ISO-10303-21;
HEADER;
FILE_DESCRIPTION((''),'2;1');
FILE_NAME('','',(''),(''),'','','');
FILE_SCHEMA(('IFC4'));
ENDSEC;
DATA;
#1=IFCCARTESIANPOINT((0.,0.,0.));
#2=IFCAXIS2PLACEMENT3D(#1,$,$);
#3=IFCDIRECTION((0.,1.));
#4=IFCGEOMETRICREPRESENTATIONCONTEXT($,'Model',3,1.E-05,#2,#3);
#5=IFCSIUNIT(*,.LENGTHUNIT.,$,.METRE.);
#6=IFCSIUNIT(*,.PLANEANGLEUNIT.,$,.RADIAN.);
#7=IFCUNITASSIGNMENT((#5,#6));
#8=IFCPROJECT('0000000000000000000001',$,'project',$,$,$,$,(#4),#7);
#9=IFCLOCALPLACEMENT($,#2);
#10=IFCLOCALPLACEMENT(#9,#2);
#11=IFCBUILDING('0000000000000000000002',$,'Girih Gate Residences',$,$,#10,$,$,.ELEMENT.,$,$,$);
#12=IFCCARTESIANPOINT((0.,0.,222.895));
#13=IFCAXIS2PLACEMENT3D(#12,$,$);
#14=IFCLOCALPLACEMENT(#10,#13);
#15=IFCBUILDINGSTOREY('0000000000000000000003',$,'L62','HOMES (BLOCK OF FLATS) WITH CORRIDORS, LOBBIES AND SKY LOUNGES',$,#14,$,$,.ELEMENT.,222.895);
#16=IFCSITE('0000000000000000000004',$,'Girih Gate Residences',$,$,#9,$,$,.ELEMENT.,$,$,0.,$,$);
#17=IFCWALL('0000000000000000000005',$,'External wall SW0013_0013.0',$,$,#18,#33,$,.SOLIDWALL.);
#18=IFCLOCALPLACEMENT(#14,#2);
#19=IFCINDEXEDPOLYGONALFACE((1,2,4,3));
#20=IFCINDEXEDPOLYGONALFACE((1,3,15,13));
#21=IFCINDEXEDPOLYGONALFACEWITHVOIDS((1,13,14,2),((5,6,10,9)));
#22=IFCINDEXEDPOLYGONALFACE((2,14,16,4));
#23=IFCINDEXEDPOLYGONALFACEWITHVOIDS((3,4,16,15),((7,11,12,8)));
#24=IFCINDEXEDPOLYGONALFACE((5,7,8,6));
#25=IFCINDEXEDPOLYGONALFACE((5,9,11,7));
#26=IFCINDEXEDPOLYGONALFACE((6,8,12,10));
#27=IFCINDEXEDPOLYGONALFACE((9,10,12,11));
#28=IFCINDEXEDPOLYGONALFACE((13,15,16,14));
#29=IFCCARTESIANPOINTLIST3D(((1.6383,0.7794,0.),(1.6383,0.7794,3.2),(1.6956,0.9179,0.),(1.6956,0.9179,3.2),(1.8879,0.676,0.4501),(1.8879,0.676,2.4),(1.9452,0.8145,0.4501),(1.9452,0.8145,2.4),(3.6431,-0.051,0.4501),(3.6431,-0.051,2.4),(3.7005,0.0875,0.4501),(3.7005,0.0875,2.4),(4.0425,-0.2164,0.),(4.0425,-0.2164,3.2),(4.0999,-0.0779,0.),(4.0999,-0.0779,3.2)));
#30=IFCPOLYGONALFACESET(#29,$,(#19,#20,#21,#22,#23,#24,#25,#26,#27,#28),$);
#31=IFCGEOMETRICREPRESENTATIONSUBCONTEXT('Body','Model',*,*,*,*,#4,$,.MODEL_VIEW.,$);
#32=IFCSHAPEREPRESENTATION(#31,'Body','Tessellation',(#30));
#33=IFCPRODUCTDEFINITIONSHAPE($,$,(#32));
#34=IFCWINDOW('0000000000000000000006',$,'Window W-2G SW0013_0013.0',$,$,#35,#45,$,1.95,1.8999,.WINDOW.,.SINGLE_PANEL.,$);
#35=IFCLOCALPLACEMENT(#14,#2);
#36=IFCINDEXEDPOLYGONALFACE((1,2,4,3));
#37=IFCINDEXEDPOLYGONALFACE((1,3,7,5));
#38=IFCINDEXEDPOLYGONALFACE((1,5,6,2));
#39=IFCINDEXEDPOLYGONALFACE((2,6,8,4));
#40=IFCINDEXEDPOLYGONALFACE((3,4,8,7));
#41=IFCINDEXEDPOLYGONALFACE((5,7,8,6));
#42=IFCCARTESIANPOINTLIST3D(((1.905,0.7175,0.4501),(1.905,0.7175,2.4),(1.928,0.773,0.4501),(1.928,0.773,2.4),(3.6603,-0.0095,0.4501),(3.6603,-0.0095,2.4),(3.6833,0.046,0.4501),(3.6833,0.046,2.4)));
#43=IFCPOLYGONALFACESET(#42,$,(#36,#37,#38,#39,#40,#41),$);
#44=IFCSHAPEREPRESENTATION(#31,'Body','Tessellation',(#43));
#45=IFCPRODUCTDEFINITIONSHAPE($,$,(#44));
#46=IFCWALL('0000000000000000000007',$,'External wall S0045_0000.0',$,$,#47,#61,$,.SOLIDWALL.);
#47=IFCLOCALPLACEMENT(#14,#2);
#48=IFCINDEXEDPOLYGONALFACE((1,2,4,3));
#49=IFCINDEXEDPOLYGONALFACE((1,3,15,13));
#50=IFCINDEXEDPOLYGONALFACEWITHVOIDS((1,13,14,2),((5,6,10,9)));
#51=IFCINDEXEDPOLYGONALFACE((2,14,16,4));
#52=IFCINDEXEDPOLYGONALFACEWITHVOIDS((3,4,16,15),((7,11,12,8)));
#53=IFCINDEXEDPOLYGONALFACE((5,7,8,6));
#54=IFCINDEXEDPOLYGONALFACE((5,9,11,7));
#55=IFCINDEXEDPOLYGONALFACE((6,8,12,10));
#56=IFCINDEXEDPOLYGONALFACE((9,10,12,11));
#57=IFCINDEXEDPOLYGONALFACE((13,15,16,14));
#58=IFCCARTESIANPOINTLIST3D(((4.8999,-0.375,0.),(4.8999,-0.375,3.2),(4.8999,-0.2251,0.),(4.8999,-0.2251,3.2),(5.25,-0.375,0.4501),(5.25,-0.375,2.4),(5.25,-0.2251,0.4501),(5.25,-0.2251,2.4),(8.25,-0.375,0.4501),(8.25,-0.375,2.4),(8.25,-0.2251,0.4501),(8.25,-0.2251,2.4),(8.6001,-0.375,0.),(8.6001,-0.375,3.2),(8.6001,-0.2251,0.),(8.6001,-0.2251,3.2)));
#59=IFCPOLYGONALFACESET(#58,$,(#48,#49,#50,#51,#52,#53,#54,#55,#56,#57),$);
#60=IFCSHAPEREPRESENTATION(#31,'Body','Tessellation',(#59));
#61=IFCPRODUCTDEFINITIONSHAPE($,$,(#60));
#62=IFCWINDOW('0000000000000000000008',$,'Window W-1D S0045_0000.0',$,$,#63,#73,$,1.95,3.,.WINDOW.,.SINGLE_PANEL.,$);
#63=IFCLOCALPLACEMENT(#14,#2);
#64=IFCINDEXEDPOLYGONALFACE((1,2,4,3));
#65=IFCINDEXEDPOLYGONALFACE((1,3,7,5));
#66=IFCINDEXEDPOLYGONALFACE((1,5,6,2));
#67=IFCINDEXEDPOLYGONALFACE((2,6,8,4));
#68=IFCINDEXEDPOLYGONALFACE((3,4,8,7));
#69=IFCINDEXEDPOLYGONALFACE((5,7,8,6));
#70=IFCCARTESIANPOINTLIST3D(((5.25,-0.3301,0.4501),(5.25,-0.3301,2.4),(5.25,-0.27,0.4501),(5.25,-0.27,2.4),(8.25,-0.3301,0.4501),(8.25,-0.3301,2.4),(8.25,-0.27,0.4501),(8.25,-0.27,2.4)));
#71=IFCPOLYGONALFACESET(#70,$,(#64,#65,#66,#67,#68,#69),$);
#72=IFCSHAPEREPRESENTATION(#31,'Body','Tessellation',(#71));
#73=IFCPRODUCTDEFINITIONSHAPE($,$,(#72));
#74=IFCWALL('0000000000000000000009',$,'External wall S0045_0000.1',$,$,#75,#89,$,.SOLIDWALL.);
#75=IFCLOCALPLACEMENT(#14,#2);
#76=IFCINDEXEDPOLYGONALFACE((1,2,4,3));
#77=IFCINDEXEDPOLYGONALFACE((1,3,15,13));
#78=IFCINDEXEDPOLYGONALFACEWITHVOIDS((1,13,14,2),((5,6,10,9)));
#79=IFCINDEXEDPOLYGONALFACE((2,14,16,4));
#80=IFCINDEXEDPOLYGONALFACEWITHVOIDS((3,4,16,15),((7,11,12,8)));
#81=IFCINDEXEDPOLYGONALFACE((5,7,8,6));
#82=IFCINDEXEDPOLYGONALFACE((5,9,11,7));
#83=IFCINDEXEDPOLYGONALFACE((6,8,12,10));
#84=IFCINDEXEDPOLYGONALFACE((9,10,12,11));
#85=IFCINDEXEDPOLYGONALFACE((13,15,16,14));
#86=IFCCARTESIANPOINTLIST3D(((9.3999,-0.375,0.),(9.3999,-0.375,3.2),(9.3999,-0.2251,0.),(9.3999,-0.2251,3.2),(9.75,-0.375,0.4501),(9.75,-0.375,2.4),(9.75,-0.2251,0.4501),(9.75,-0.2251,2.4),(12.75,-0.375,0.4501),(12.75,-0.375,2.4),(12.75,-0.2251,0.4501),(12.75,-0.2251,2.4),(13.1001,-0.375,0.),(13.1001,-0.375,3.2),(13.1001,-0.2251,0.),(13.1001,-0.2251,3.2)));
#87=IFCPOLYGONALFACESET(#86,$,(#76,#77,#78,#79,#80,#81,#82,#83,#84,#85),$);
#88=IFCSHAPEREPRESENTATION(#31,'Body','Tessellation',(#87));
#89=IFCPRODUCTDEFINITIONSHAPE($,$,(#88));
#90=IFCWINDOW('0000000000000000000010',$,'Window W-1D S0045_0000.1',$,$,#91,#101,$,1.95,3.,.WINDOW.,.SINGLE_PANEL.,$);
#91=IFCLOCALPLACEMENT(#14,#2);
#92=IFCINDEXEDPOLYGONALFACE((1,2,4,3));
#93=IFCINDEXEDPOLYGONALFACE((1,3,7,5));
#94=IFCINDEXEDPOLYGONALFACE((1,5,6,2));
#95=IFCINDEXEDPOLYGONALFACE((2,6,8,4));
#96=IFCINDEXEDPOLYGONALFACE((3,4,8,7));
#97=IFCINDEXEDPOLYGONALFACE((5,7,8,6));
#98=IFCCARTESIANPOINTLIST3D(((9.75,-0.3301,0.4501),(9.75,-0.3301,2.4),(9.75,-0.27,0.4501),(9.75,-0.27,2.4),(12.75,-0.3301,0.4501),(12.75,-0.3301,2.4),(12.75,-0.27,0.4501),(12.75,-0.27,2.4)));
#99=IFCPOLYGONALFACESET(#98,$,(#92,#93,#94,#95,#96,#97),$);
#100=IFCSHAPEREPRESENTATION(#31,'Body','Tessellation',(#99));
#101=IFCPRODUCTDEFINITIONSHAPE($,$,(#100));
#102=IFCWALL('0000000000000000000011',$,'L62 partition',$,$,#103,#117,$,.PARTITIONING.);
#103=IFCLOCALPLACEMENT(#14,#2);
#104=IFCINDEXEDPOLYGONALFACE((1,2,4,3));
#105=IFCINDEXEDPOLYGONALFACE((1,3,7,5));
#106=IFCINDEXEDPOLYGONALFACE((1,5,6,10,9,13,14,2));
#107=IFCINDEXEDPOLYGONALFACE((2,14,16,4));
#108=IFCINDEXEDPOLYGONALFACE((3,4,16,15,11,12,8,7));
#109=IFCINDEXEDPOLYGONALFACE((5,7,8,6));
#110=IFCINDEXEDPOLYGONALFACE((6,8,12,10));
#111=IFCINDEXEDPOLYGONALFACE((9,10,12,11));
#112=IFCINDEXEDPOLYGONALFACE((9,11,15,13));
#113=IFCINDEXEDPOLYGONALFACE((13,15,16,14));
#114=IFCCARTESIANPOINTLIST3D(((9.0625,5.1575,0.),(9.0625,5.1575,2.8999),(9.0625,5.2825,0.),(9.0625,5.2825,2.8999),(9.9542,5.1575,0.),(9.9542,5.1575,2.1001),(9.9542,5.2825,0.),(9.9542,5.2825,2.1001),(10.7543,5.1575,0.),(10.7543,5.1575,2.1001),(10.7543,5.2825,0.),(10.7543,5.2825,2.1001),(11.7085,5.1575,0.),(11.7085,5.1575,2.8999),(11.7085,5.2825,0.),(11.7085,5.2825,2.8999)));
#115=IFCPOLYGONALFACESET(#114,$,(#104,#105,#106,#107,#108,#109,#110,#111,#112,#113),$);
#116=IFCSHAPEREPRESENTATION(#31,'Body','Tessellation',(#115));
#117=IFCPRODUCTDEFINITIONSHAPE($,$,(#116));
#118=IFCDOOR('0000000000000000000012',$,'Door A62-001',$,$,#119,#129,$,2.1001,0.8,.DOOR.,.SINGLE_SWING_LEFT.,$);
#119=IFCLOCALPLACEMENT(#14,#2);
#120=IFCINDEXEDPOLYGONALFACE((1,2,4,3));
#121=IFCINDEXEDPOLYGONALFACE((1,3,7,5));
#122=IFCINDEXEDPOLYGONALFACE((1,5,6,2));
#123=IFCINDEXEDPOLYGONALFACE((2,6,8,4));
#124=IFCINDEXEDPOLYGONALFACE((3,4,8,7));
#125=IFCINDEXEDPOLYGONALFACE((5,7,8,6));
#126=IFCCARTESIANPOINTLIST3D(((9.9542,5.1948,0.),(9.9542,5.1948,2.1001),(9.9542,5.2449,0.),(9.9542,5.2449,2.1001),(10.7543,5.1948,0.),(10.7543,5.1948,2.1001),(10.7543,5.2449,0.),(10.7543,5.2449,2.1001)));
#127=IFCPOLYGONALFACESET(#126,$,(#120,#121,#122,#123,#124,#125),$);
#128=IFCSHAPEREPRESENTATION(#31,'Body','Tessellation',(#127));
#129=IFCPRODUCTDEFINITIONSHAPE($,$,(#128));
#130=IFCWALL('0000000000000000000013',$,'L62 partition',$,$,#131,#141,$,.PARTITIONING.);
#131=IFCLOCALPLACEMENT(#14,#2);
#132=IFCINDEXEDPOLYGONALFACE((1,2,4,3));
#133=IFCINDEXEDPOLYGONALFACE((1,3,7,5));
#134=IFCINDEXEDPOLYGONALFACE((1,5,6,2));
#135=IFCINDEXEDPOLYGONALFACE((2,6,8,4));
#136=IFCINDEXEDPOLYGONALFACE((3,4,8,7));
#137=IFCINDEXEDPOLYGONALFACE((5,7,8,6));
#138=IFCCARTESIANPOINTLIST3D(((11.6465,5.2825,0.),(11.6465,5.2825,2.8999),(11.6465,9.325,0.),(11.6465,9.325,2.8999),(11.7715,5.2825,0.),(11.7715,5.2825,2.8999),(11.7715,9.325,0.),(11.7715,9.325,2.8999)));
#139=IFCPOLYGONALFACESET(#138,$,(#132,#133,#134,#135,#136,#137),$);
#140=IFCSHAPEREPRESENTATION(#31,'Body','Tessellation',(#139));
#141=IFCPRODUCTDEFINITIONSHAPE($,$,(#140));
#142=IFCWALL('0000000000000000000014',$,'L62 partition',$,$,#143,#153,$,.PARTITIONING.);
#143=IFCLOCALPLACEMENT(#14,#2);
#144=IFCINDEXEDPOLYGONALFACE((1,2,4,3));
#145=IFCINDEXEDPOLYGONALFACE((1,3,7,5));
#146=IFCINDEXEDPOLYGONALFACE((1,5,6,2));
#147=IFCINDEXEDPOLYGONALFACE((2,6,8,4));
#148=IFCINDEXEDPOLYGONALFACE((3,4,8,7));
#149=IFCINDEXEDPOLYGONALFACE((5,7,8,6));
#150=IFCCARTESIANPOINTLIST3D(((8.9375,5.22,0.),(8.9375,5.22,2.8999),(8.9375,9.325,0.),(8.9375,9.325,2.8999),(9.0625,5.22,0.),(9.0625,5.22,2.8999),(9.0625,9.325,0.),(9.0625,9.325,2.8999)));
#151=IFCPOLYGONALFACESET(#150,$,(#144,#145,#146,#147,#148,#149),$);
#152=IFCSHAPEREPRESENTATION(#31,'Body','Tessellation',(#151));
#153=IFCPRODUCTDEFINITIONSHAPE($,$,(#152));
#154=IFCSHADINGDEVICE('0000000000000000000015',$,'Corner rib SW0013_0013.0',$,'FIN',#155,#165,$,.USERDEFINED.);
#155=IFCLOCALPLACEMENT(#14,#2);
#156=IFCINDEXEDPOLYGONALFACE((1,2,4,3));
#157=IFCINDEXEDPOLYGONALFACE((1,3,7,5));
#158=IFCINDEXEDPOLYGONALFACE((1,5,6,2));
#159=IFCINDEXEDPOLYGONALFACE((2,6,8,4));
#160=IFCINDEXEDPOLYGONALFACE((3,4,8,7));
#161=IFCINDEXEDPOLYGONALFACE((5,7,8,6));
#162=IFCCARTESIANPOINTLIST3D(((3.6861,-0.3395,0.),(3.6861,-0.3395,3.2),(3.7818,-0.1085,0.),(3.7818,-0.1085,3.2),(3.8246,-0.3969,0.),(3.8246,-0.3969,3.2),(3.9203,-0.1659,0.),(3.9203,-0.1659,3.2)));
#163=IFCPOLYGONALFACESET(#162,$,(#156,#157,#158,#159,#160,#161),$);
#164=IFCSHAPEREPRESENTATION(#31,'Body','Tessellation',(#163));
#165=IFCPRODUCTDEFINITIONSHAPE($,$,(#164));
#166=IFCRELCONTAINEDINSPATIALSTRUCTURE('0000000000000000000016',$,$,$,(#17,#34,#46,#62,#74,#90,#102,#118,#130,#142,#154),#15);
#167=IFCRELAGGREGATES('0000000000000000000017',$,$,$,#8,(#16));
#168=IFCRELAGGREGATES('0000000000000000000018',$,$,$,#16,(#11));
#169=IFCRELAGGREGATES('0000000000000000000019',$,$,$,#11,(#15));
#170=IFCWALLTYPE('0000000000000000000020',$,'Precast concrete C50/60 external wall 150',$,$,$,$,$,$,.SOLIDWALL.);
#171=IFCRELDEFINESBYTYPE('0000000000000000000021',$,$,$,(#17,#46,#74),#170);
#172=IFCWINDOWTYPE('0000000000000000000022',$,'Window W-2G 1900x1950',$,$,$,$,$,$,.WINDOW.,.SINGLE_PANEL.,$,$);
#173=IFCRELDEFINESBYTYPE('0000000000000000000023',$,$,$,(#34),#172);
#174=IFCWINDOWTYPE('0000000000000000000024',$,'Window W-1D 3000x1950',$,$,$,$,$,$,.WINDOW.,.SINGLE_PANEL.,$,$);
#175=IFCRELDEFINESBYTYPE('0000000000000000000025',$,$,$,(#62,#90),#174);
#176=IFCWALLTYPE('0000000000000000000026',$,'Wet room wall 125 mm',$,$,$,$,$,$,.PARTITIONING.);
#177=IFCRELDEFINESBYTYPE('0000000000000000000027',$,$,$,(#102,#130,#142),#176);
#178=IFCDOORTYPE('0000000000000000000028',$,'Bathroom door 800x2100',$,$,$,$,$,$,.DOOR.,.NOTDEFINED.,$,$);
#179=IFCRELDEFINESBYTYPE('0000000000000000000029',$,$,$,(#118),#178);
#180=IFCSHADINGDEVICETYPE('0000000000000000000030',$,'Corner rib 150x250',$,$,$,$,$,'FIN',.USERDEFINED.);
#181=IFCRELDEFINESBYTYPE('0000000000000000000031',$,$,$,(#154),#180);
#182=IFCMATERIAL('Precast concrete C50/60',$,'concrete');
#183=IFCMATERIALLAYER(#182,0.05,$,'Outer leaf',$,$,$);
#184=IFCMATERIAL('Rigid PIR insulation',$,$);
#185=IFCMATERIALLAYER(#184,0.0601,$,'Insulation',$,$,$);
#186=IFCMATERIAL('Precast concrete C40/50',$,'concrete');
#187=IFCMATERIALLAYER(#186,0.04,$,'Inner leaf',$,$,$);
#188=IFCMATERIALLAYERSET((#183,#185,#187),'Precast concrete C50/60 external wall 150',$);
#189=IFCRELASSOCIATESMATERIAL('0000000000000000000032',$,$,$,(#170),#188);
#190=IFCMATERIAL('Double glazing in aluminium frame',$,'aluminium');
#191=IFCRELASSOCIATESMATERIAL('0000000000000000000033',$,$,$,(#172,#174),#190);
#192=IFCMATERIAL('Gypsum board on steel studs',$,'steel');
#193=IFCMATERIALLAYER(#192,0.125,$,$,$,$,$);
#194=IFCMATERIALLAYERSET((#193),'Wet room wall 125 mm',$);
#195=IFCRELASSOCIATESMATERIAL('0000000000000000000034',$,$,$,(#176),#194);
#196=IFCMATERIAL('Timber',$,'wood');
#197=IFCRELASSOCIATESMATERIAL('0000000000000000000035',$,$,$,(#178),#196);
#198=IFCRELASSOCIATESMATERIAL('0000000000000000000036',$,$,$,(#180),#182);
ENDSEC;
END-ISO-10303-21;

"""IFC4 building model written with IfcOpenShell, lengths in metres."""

from ifc_helpers import new_model, si_unit, direction, frame, frame_2d, origin, origin_2d, place, context, subcontext, project, spatial, rectangle, extrude, material, layer, layer_set, type_object, element, fill, save


model = new_model("IFC4")

# Units and contexts
model_context = context("Model", 3, precision=1e-05, world=origin(), true_north=direction((0.0, 1.0)))
body_context = subcontext(model_context, "Body", "Model", "MODEL_VIEW")
ifc_project = project(units=[si_unit("LENGTHUNIT", "METRE"), si_unit("PLANEANGLEUNIT", "RADIAN")], contexts=[model_context])

# Site, building, storey
site_placement = place(None, origin())
site = spatial("IfcSite", under=ifc_project, at=site_placement, Name="Girih Gate Residences", CompositionType="ELEMENT", RefElevation=0.0)
building_placement = place(site_placement, origin())
building = spatial("IfcBuilding", under=site, at=building_placement, Name="Girih Gate Residences", CompositionType="ELEMENT")
storey_placement = place(building_placement, frame((0.0, 0.0, 222.895)))
storey = spatial("IfcBuildingStorey", under=building, at=storey_placement, Name="L62", Description="HOMES (BLOCK OF FLATS) WITH CORRIDORS, LOBBIES AND SKY LOUNGES", CompositionType="ELEMENT", Elevation=222.895)

# Shared definitions
ifc_material_1 = material(Name="Gypsum board on steel studs", Category="steel")

# Shared definitions
ifc_material_2 = material(Name="Timber", Category="wood")

# Walls, openings, windows
ifc_material_3 = material(Name="Precast concrete C50/60", Category="concrete")
ifc_layer_1 = layer(ifc_material_3, 0.05, Name="Outer leaf")
ifc_material_4 = material(Name="Rigid PIR insulation")
ifc_layer_2 = layer(ifc_material_4, 0.0601, Name="Insulation")
ifc_material_5 = material(Name="Precast concrete C40/50", Category="concrete")
ifc_layer_3 = layer(ifc_material_5, 0.04, Name="Inner leaf")
ifc_layer_set_1 = layer_set([ifc_layer_1, ifc_layer_2, ifc_layer_3], Name="Precast concrete C50/60 external wall 150")
wall_type_1 = type_object("IfcWallType", Name="Precast concrete C50/60 external wall 150", PredefinedType="SOLIDWALL", material=ifc_layer_set_1)
wall_1_placement = place(storey_placement, frame((4.0713, -0.1472, 0.0), z_axis=(0.0, 0.0, 1.0), x_axis=(-0.923885, 0.382669, 0.0)))
wall_1 = element("IfcWall", 1, at=wall_1_placement, inside=storey, type_object=wall_type_1, Name="External wall SW0013_0013.0", PredefinedType="SOLIDWALL", context=body_context, shape_type="SweptSolid", body=[
    extrude(rectangle(XDim=2.6023, YDim=0.1499, at=frame_2d((1.3013, 0.0))), origin(), (0.0, 0.0, 1.0), 3.2),
])
opening_1_placement = place(wall_1_placement, frame((0.4324, 0.0, 0.45)))
opening_1 = element("IfcOpeningElement", 2, at=opening_1_placement, cuts=wall_1, PredefinedType="OPENING", context=body_context, shape_type="SweptSolid", body=[
    extrude(rectangle(XDim=1.8999, YDim=1.95, at=frame_2d((0.95, 0.9751))), frame((0.0, 0.085, 0.0), z_axis=(0.0, -1.0, 0.0), x_axis=(1.0, 0.0, 0.0)), (0.0, 0.0, 1.0), 0.1699),
])
ifc_material_6 = material(Name="Double glazing in aluminium frame", Category="aluminium")
window_type_1 = type_object("IfcWindowType", Name="Window W-2G 1900x1950", PartitioningType="SINGLE_PANEL", PredefinedType="WINDOW", material=ifc_material_6)
window_1_placement = place(opening_1_placement, origin())
window_1 = element("IfcWindow", 3, at=window_1_placement, inside=storey, type_object=window_type_1, Name="Window W-2G SW0013_0013.0", OverallHeight=1.95, OverallWidth=1.8999, PartitioningType="SINGLE_PANEL", PredefinedType="WINDOW", context=body_context, shape_type="SweptSolid", body=[
    extrude(rectangle(XDim=1.8999, YDim=1.95, at=frame_2d((0.95, 0.9751))), frame((0.0, 0.03, 0.0), z_axis=(0.0, -1.0, 0.0), x_axis=(1.0, 0.0, 0.0)), (0.0, 0.0, 1.0), 0.0601),
])
fill(opening_1, window_1)
wall_2_placement = place(storey_placement, frame((8.6001, -0.3, 0.0), z_axis=(0.0, 0.0, 1.0), x_axis=(-1.0, 0.0, 0.0)))
wall_2 = element("IfcWall", 4, at=wall_2_placement, inside=storey, type_object=wall_type_1, Name="External wall S0045_0000.0", PredefinedType="SOLIDWALL", context=body_context, shape_type="SweptSolid", body=[
    extrude(rectangle(XDim=3.7002, YDim=0.1499, at=frame_2d((1.8501, 0.0))), origin(), (0.0, 0.0, 1.0), 3.2),
])
opening_2_placement = place(wall_2_placement, frame((0.3501, 0.0, 0.45)))
opening_2 = element("IfcOpeningElement", 5, at=opening_2_placement, cuts=wall_2, PredefinedType="OPENING", context=body_context, shape_type="SweptSolid", body=[
    extrude(rectangle(XDim=3.0, YDim=1.95, at=frame_2d((1.5, 0.9751))), frame((0.0, 0.085, 0.0), z_axis=(0.0, -1.0, 0.0), x_axis=(1.0, 0.0, 0.0)), (0.0, 0.0, 1.0), 0.1699),
])
window_type_2 = type_object("IfcWindowType", Name="Window W-1D 3000x1950", PartitioningType="SINGLE_PANEL", PredefinedType="WINDOW", material=ifc_material_6)
window_2_placement = place(opening_2_placement, origin())
window_2 = element("IfcWindow", 6, at=window_2_placement, inside=storey, type_object=window_type_2, Name="Window W-1D S0045_0000.0", OverallHeight=1.95, OverallWidth=3.0, PartitioningType="SINGLE_PANEL", PredefinedType="WINDOW", context=body_context, shape_type="SweptSolid", body=[
    extrude(rectangle(XDim=3.0, YDim=1.95, at=frame_2d((1.5, 0.9751))), frame((0.0, 0.03, 0.0), z_axis=(0.0, -1.0, 0.0), x_axis=(1.0, 0.0, 0.0)), (0.0, 0.0, 1.0), 0.0601),
])
fill(opening_2, window_2)
wall_3_placement = place(storey_placement, frame((13.1001, -0.3, 0.0), z_axis=(0.0, 0.0, 1.0), x_axis=(-1.0, 0.0, 0.0)))
wall_3 = element("IfcWall", 7, at=wall_3_placement, inside=storey, type_object=wall_type_1, Name="External wall S0045_0000.1", PredefinedType="SOLIDWALL", context=body_context, shape_type="SweptSolid", body=[
    extrude(rectangle(XDim=3.7002, YDim=0.1499, at=frame_2d((1.8501, 0.0))), origin(), (0.0, 0.0, 1.0), 3.2),
])
opening_3_placement = place(wall_3_placement, frame((0.3501, 0.0, 0.45)))
opening_3 = element("IfcOpeningElement", 8, at=opening_3_placement, cuts=wall_3, PredefinedType="OPENING", context=body_context, shape_type="SweptSolid", body=[
    extrude(rectangle(XDim=3.0, YDim=1.95, at=frame_2d((1.5, 0.9751))), frame((0.0, 0.085, 0.0), z_axis=(0.0, -1.0, 0.0), x_axis=(1.0, 0.0, 0.0)), (0.0, 0.0, 1.0), 0.1699),
])
window_3_placement = place(opening_3_placement, origin())
window_3 = element("IfcWindow", 9, at=window_3_placement, inside=storey, type_object=window_type_2, Name="Window W-1D S0045_0000.1", OverallHeight=1.95, OverallWidth=3.0, PartitioningType="SINGLE_PANEL", PredefinedType="WINDOW", context=body_context, shape_type="SweptSolid", body=[
    extrude(rectangle(XDim=3.0, YDim=1.95, at=frame_2d((1.5, 0.9751))), frame((0.0, 0.03, 0.0), z_axis=(0.0, -1.0, 0.0), x_axis=(1.0, 0.0, 0.0)), (0.0, 0.0, 1.0), 0.0601),
])
fill(opening_3, window_3)

# Wall, opening, door
ifc_layer_4 = layer(ifc_material_1, 0.125)
ifc_layer_set_2 = layer_set([ifc_layer_4], Name="Wet room wall 125 mm")
wall_type_2 = type_object("IfcWallType", Name="Wet room wall 125 mm", PredefinedType="PARTITIONING", material=ifc_layer_set_2)
wall_4_placement = place(storey_placement, frame((9.0625, 5.22, 0.0), z_axis=(0.0, 0.0, 1.0), x_axis=(1.0, 0.0, 0.0)))
wall_4 = element("IfcWall", 10, at=wall_4_placement, inside=storey, type_object=wall_type_2, Name="L62 partition", PredefinedType="PARTITIONING", context=body_context, shape_type="SweptSolid", body=[
    extrude(rectangle(XDim=2.646, YDim=0.125, at=frame_2d((1.323, 0.0))), origin(), (0.0, 0.0, 1.0), 2.8999),
])
opening_4_placement = place(wall_4_placement, frame((0.8918, 0.0, 0.0)))
opening_4 = element("IfcOpeningElement", 11, at=opening_4_placement, cuts=wall_4, PredefinedType="OPENING", context=body_context, shape_type="SweptSolid", body=[
    extrude(rectangle(XDim=0.8, YDim=2.1001, at=frame_2d((0.3999, 1.05))), frame((0.0, 0.0725, 0.0), z_axis=(0.0, -1.0, 0.0), x_axis=(1.0, 0.0, 0.0)), (0.0, 0.0, 1.0), 0.145),
])
door_type_1 = type_object("IfcDoorType", Name="Bathroom door 800x2100", OperationType="NOTDEFINED", PredefinedType="DOOR", material=ifc_material_2)
door_1_placement = place(opening_4_placement, origin())
door_1 = element("IfcDoor", 12, at=door_1_placement, inside=storey, type_object=door_type_1, Name="Door A62-001", OperationType="SINGLE_SWING_LEFT", OverallHeight=2.1001, OverallWidth=0.8, PredefinedType="DOOR", context=body_context, shape_type="SweptSolid", body=[
    extrude(rectangle(XDim=0.8, YDim=2.1001, at=frame_2d((0.3999, 1.05))), frame((0.0, 0.0249, 0.0), z_axis=(0.0, -1.0, 0.0), x_axis=(1.0, 0.0, 0.0)), (0.0, 0.0, 1.0), 0.05),
])
fill(opening_4, door_1)

# Walls
wall_5_placement = place(storey_placement, frame((11.709, 5.2825, 0.0), z_axis=(0.0, 0.0, 1.0), x_axis=(0.0, 1.0, 0.0)))
element("IfcWall", 13, at=wall_5_placement, inside=storey, type_object=wall_type_2, Name="L62 partition", PredefinedType="PARTITIONING", context=body_context, shape_type="SweptSolid", body=[
    extrude(rectangle(XDim=4.0425, YDim=0.125, at=frame_2d((2.0212, 0.0))), origin(), (0.0, 0.0, 1.0), 2.8999),
])
wall_6_placement = place(storey_placement, frame((9.0, 5.22, 0.0), z_axis=(0.0, 0.0, 1.0), x_axis=(0.0, 1.0, 0.0)))
element("IfcWall", 14, at=wall_6_placement, inside=storey, type_object=wall_type_2, Name="L62 partition", PredefinedType="PARTITIONING", context=body_context, shape_type="SweptSolid", body=[
    extrude(rectangle(XDim=4.105, YDim=0.125, at=frame_2d((2.0525, 0.0))), origin(), (0.0, 0.0, 1.0), 2.8999),
])

# Shading device
shading_device_type = type_object("IfcShadingDeviceType", Name="Corner rib 150x250", ElementType="FIN", PredefinedType="USERDEFINED", material=ifc_material_3)
shading_device_placement = place(storey_placement, frame((3.8032, -0.2527, 0.0), z_axis=(0.0, 0.0, 1.0), x_axis=(0.92388, -0.382683, 0.0)))
element("IfcShadingDevice", 15, at=shading_device_placement, inside=storey, type_object=shading_device_type, Name="Corner rib SW0013_0013.0", ObjectType="FIN", PredefinedType="USERDEFINED", context=body_context, shape_type="SweptSolid", body=[
    extrude(rectangle(XDim=0.1499, YDim=0.25, at=origin_2d()), origin(), (0.0, 0.0, 1.0), 3.2),
])

save(model, "model.ifc")
